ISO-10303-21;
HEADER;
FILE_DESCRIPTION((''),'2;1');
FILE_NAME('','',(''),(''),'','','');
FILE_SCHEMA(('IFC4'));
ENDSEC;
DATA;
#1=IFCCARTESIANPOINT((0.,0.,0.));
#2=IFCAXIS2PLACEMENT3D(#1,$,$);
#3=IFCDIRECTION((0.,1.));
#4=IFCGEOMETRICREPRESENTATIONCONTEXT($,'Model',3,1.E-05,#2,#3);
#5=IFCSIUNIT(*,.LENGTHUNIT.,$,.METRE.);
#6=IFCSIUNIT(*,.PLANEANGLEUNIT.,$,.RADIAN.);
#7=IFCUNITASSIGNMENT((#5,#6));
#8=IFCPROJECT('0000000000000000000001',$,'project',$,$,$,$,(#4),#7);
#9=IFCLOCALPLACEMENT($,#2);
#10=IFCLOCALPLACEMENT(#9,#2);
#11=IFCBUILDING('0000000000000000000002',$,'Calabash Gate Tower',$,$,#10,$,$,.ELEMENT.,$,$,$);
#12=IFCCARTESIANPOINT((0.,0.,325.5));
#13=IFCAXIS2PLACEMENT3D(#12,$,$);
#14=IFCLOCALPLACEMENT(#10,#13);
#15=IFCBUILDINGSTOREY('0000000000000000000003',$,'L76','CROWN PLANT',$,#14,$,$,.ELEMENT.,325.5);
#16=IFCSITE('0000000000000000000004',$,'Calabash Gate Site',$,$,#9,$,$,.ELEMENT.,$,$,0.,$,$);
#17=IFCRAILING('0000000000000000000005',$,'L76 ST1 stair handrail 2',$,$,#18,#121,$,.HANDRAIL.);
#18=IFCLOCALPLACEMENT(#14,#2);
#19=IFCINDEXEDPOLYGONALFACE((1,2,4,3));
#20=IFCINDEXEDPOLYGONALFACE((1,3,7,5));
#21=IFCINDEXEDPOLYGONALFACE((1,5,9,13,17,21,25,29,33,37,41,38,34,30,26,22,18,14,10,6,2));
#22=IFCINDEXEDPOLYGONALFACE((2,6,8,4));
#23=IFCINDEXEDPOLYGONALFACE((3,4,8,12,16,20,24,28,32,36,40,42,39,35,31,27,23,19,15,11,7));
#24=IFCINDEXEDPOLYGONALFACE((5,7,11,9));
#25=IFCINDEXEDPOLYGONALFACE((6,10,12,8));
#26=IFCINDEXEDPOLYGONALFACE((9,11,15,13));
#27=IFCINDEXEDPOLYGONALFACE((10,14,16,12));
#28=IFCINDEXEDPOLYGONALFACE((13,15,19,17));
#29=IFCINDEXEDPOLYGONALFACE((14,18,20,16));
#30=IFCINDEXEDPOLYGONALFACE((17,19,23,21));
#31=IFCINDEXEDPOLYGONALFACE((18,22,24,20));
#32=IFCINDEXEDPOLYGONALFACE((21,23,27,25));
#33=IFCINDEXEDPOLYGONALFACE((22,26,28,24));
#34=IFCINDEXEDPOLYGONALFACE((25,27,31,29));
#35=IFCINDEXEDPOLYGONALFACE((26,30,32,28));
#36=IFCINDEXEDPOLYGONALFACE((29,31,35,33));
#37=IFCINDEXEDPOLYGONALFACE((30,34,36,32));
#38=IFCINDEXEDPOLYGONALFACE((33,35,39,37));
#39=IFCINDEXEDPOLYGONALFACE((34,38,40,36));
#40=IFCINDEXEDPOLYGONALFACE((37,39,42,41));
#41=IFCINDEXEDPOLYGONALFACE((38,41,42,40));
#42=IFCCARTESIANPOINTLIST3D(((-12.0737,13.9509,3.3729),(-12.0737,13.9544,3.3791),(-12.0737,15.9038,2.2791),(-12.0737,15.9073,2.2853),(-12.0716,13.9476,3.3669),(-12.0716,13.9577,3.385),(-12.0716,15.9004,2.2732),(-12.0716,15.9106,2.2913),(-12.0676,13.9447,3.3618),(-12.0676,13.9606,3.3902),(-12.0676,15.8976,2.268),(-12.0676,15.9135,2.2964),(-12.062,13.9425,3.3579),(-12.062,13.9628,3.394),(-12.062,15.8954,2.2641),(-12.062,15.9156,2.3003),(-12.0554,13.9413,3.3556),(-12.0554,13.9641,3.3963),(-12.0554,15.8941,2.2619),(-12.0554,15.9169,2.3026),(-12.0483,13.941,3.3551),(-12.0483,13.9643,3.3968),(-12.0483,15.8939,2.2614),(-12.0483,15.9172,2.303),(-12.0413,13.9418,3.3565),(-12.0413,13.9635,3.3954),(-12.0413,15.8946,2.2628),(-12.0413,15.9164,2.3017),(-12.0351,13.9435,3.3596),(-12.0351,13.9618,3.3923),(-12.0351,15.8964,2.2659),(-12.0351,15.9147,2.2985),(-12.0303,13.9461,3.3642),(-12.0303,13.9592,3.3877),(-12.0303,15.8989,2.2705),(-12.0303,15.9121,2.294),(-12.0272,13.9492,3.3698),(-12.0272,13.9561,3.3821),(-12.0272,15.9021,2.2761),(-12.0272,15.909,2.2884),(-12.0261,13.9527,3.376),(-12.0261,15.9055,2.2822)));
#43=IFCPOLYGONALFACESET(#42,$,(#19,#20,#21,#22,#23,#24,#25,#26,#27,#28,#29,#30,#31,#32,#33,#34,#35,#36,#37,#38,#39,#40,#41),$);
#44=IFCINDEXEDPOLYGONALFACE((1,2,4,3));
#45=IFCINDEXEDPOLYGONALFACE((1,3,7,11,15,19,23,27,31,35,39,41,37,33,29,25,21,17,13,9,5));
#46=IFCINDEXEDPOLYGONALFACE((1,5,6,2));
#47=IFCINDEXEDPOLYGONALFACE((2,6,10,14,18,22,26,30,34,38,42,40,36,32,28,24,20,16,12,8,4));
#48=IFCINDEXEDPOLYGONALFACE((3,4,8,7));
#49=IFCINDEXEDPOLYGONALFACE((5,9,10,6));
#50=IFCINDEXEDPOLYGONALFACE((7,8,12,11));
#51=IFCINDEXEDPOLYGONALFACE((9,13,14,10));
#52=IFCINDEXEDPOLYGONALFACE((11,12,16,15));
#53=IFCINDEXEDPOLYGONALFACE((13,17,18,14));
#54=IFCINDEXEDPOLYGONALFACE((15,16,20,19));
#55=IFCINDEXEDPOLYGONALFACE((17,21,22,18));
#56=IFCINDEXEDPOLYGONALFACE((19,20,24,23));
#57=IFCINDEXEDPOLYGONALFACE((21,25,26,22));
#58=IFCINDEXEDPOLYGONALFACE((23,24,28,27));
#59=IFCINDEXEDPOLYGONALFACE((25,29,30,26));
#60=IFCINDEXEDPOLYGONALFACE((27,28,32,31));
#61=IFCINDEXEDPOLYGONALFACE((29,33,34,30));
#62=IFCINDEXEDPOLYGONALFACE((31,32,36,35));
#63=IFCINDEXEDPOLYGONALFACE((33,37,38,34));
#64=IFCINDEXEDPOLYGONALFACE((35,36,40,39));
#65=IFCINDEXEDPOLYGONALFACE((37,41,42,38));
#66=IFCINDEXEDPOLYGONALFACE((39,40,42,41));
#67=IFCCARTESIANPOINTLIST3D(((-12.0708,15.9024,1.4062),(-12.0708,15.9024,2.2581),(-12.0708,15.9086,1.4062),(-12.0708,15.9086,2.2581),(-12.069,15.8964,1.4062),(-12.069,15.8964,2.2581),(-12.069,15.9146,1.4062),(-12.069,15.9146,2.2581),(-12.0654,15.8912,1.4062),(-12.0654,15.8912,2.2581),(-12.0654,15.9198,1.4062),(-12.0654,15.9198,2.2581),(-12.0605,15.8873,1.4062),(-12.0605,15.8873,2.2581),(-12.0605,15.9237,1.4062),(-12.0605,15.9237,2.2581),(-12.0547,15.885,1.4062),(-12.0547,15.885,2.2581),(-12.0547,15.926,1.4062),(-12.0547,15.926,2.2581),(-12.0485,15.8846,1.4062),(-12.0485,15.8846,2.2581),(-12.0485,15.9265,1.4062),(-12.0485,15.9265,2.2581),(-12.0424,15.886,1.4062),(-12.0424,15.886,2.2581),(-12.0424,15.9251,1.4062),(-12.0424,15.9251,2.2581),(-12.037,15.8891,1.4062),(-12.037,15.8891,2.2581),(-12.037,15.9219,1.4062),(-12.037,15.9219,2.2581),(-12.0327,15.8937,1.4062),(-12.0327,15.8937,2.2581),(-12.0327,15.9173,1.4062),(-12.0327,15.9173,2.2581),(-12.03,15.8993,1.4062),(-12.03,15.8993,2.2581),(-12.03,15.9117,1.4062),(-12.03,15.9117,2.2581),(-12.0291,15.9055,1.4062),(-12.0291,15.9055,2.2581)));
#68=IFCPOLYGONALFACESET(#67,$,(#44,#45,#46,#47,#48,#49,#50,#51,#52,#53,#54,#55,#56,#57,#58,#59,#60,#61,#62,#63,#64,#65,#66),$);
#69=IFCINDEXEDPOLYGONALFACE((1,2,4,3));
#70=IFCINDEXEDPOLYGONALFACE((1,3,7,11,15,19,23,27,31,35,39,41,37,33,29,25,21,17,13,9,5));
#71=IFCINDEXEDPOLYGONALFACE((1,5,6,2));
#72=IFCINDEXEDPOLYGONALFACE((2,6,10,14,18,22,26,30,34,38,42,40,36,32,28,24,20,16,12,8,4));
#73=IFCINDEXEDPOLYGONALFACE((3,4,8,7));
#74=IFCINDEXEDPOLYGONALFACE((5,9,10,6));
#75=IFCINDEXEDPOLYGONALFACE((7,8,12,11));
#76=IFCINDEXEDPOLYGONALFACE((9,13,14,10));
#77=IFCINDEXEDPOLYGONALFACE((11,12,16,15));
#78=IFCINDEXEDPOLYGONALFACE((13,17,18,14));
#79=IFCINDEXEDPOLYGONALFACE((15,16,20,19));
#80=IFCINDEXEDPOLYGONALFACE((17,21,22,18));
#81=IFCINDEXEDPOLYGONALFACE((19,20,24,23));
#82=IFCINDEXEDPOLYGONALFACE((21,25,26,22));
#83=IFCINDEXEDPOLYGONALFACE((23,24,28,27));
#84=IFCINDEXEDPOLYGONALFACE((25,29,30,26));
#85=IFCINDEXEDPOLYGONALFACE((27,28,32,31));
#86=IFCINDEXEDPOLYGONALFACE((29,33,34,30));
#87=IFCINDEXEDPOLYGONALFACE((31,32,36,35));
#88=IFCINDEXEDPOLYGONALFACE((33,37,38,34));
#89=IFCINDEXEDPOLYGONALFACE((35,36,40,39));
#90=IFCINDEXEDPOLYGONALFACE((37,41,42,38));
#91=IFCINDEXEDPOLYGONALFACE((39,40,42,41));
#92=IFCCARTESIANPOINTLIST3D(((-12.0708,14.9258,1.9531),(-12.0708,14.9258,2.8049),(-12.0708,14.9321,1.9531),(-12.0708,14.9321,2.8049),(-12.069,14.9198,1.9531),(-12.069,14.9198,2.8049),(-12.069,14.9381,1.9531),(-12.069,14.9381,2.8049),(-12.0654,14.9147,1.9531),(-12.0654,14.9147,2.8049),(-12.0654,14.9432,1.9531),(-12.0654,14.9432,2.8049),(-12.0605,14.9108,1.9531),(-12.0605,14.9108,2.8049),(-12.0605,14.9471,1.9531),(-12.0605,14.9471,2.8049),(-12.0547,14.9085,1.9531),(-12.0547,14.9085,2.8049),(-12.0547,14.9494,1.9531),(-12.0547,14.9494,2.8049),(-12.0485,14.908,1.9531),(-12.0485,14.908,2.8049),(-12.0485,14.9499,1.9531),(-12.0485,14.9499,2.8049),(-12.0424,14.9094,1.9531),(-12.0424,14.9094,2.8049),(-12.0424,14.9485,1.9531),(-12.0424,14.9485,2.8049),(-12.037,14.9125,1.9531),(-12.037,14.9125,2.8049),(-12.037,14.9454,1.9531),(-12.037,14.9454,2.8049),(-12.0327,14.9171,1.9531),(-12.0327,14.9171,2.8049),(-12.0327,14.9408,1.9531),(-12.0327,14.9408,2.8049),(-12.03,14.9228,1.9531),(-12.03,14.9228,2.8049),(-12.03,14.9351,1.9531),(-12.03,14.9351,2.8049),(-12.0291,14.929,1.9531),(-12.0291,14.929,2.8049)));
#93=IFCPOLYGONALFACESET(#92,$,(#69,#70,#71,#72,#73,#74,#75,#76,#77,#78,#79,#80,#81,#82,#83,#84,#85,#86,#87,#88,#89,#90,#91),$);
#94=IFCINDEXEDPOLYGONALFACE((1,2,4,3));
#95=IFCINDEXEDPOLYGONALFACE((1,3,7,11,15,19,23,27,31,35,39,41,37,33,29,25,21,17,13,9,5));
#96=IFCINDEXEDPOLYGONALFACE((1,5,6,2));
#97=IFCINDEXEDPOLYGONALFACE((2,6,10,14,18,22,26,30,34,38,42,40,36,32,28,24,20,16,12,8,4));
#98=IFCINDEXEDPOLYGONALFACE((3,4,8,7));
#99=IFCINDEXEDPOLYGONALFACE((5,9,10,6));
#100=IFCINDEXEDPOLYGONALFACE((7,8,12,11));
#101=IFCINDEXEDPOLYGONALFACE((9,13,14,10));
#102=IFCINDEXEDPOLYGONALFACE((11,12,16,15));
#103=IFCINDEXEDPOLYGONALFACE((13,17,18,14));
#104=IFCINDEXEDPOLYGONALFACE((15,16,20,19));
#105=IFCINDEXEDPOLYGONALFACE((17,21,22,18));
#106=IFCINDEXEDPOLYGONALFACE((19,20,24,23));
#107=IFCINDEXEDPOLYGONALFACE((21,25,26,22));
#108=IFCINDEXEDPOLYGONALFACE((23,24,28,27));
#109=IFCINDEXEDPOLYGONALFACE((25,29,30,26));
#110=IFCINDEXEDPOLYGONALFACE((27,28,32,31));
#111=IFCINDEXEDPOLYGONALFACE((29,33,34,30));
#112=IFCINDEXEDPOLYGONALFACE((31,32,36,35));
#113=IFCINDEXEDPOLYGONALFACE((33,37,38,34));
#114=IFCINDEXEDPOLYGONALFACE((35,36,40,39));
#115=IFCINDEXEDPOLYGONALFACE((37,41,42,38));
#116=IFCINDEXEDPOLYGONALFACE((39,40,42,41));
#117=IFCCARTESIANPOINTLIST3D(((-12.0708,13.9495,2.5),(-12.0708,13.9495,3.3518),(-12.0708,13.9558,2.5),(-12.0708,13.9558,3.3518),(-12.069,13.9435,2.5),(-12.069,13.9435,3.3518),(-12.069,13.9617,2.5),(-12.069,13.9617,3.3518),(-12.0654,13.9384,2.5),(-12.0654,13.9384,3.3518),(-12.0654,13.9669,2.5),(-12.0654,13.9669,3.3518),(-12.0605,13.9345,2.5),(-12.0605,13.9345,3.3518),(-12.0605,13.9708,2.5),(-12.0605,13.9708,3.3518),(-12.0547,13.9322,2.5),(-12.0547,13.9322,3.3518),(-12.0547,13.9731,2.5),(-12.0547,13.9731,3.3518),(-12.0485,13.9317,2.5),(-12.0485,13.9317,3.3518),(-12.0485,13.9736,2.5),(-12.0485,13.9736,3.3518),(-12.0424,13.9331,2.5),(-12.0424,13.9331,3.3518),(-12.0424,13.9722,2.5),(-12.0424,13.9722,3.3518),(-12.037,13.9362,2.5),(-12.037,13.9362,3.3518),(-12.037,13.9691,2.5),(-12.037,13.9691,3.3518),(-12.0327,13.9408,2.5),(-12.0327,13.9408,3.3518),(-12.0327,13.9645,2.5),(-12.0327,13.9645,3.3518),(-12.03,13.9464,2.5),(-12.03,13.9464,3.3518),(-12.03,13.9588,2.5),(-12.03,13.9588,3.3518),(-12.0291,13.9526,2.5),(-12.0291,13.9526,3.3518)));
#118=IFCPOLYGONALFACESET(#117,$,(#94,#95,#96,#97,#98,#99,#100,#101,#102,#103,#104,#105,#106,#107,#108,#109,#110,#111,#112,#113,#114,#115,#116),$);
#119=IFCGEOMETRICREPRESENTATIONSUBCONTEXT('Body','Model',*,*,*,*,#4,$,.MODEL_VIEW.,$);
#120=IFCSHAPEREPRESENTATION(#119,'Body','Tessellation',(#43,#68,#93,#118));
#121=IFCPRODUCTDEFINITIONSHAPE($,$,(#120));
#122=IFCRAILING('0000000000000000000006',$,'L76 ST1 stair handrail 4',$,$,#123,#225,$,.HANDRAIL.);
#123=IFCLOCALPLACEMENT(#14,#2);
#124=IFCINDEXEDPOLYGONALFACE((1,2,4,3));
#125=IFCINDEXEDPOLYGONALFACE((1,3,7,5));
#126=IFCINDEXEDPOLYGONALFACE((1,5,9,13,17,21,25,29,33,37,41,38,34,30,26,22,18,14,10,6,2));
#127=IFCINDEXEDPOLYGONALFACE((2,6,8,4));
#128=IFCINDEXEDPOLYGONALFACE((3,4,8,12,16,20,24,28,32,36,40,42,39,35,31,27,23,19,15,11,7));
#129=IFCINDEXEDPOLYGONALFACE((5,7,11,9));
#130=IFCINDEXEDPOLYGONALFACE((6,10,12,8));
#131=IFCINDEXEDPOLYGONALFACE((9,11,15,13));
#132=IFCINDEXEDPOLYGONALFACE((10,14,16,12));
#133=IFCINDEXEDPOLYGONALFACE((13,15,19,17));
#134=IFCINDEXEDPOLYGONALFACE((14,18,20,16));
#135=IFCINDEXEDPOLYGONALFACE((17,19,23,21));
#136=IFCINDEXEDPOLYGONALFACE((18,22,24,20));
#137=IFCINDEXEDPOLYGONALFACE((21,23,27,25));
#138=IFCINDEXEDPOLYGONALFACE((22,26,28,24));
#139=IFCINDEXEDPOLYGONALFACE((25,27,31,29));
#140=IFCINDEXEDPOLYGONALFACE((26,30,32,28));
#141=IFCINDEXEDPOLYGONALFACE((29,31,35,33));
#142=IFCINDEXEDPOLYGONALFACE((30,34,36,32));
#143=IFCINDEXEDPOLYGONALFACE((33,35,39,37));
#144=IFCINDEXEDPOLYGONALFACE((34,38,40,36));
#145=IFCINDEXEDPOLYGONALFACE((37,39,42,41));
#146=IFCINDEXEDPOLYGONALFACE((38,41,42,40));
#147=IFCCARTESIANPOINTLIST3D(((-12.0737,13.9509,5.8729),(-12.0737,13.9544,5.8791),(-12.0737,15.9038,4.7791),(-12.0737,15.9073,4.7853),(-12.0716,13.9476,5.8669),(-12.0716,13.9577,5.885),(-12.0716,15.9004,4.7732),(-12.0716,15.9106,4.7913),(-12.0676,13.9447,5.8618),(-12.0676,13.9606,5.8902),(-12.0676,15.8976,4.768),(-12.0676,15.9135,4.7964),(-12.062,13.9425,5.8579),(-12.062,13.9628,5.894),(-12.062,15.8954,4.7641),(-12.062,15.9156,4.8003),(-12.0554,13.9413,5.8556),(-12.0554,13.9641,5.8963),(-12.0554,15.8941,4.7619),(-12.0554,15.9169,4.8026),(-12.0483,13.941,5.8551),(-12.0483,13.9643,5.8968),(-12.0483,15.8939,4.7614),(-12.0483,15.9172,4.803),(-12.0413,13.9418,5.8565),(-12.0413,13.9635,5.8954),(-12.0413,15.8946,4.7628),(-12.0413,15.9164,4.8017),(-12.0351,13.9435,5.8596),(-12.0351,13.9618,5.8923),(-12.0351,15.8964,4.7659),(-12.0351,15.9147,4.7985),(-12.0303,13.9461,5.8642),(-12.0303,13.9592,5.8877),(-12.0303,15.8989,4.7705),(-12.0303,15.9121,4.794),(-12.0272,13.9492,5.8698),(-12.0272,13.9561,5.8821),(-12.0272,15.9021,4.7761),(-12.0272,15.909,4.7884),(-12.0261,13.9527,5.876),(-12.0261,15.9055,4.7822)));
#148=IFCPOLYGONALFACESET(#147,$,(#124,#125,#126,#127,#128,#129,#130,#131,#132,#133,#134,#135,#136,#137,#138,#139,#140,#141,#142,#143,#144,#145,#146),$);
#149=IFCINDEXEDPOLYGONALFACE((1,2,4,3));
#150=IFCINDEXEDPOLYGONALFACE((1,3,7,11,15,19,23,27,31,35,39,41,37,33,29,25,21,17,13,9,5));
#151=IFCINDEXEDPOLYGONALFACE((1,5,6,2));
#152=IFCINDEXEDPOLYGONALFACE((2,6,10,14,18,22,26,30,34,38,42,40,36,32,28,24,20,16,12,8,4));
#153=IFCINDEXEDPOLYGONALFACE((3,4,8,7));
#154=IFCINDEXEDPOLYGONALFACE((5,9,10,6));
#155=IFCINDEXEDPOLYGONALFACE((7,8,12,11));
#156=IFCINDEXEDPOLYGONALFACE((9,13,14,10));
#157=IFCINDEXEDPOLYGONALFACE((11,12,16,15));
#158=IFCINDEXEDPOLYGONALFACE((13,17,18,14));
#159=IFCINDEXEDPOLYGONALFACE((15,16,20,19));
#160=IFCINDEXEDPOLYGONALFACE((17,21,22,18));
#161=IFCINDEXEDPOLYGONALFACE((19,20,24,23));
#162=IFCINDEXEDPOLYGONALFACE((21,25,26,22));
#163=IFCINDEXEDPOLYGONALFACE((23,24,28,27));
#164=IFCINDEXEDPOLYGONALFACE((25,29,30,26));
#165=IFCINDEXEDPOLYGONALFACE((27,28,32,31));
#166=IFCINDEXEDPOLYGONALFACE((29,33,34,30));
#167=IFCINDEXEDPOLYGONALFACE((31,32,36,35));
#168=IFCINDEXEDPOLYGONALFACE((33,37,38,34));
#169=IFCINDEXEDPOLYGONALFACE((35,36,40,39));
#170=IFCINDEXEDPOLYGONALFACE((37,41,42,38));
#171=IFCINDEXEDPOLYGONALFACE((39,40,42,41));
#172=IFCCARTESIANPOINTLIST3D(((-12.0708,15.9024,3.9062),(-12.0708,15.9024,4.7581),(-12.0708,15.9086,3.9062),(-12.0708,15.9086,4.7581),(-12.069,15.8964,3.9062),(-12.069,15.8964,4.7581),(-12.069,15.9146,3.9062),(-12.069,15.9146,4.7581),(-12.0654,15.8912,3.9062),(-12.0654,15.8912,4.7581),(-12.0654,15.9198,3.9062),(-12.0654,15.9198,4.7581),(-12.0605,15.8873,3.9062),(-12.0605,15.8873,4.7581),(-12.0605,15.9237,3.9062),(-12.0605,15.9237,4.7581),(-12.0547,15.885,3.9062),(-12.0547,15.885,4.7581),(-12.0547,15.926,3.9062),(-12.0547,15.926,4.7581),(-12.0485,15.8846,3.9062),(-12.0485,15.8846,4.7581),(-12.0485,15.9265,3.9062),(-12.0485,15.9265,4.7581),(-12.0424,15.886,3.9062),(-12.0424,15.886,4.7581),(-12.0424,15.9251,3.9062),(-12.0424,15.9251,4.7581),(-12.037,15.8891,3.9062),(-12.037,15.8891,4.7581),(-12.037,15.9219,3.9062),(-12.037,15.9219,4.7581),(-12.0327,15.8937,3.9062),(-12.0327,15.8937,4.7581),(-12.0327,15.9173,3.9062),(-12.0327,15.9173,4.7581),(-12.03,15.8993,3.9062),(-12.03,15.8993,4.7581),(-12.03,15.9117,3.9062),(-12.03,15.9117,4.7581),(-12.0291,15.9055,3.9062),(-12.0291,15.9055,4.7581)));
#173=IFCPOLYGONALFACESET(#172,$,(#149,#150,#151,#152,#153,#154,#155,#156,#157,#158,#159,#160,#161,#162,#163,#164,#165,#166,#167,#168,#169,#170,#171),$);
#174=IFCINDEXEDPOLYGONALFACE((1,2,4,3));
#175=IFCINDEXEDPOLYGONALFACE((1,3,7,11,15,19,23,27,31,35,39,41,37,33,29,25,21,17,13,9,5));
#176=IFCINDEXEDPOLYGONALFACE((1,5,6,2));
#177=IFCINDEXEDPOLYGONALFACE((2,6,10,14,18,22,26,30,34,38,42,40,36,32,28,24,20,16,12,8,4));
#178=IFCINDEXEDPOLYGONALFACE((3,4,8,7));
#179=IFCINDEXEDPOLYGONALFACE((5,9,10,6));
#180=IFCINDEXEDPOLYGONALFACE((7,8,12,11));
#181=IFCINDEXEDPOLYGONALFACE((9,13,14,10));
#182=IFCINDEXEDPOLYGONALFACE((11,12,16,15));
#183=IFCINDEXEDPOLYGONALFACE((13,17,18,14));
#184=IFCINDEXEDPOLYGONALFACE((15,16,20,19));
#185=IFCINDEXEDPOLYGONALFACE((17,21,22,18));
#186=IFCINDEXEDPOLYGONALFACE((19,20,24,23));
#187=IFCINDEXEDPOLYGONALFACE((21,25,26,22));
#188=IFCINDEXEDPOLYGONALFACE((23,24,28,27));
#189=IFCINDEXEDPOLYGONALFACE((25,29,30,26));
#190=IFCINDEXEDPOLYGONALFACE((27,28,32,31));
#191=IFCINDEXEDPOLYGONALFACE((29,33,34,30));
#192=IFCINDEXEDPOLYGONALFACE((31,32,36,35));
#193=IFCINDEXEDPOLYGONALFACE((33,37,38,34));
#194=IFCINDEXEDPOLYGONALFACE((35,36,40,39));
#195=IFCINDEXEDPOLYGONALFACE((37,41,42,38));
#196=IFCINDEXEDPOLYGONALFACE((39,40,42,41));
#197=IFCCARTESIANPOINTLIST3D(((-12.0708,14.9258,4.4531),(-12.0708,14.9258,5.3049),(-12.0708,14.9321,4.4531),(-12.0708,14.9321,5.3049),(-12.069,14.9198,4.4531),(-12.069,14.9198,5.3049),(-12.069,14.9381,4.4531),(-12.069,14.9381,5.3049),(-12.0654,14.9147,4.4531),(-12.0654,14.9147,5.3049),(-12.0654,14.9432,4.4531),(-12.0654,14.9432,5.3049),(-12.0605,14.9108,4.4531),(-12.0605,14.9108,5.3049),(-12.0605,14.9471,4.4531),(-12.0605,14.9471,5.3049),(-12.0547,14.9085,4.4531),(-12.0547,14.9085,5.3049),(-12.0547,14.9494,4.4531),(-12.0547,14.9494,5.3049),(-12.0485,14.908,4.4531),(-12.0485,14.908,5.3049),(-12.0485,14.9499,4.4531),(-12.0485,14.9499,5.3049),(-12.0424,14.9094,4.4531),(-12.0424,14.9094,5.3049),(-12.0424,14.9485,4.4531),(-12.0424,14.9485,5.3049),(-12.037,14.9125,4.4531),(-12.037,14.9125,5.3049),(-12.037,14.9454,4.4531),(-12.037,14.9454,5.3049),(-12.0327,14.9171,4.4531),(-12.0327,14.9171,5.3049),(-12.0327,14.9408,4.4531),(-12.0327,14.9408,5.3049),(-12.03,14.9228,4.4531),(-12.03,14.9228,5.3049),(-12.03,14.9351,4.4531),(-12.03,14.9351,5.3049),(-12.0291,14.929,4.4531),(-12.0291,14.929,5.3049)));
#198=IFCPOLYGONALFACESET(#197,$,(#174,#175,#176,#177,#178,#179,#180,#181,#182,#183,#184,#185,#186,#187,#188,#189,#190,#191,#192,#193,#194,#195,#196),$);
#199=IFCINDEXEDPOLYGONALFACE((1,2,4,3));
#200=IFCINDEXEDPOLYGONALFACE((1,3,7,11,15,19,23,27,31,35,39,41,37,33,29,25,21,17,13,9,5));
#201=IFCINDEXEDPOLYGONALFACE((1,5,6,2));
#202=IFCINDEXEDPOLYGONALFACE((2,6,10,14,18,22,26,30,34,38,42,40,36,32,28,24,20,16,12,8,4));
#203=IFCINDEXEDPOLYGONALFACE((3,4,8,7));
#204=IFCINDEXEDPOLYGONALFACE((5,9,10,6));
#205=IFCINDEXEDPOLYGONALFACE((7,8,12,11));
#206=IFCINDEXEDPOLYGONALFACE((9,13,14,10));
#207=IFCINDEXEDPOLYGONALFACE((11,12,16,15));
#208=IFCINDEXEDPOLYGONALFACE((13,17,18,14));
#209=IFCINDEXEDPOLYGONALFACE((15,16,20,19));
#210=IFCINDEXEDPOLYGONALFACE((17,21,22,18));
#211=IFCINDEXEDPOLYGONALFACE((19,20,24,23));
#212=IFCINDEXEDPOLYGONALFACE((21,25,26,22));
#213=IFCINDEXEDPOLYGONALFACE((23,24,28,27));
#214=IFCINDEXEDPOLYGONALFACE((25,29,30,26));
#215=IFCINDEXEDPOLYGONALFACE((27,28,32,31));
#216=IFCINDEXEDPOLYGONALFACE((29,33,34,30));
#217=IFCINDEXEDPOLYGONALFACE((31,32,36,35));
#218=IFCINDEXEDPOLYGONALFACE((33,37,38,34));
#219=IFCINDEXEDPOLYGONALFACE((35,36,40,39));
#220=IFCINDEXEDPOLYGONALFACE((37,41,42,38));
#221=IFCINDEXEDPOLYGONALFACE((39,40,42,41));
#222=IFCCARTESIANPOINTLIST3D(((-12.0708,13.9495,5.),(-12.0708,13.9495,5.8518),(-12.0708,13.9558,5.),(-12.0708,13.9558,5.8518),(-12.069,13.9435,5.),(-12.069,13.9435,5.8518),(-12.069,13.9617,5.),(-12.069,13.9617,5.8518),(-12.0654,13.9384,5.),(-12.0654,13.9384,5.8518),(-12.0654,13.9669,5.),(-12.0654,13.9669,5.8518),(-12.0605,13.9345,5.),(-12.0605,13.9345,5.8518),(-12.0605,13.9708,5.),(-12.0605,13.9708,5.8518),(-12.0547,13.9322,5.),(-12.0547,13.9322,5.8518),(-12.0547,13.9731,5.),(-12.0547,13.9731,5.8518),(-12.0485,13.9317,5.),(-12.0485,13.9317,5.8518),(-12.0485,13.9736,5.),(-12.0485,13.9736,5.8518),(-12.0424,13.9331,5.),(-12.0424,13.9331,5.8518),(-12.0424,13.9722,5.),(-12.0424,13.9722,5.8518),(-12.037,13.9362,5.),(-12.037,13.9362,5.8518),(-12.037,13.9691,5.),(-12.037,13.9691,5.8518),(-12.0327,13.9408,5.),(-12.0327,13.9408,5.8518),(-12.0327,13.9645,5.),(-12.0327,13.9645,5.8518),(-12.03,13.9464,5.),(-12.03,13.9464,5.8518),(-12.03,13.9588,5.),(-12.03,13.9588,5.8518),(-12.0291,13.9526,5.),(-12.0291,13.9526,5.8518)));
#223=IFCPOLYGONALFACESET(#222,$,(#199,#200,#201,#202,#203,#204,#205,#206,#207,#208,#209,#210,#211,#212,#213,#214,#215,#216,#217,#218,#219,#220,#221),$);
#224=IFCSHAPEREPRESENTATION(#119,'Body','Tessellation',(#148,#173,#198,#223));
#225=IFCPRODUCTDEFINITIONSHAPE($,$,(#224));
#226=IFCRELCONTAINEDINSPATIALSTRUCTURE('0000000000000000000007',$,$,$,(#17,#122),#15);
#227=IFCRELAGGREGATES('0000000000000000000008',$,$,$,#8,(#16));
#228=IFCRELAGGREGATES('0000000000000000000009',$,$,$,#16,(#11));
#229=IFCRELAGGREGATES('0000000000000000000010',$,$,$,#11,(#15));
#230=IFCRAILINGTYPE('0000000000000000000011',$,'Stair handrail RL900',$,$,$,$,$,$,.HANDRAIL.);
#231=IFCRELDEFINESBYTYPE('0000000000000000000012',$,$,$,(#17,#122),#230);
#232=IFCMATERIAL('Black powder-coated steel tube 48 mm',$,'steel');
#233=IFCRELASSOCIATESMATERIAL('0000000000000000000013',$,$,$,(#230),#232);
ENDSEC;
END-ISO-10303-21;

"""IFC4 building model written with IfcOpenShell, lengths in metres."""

from ifc_helpers import new_model, si_unit, direction, frame, origin, origin_2d, place, context, subcontext, project, spatial, circle, extrude, material, type_object, element, save


model = new_model("IFC4")

# Units and contexts
model_context = context("Model", 3, precision=1e-05, world=origin(), true_north=direction((0.0, 1.0)))
body_context = subcontext(model_context, "Body", "Model", "MODEL_VIEW")
ifc_project = project(units=[si_unit("LENGTHUNIT", "METRE"), si_unit("PLANEANGLEUNIT", "RADIAN")], contexts=[model_context])

# Site, building, storey
site_placement = place(None, origin())
site = spatial("IfcSite", under=ifc_project, at=site_placement, Name="Calabash Gate Site", CompositionType="ELEMENT", RefElevation=0.0)
building_placement = place(site_placement, origin())
building = spatial("IfcBuilding", under=site, at=building_placement, Name="Calabash Gate Tower", CompositionType="ELEMENT")
storey_placement = place(building_placement, frame((0.0, 0.0, 325.5)))
storey = spatial("IfcBuildingStorey", under=building, at=storey_placement, Name="L76", Description="CROWN PLANT", CompositionType="ELEMENT", Elevation=325.5)

# Railings
ifc_material_1 = material(Name="Black powder-coated steel tube 48 mm", Category="steel")
railing_type = type_object("IfcRailingType", Name="Stair handrail RL900", PredefinedType="HANDRAIL", material=ifc_material_1)
for number, where, name in (
    (1, (-12.05, 15.9055, 1.4062), "L76 ST1 stair handrail 2"),
    (2, (-12.05, 15.9055, 3.9062), "L76 ST1 stair handrail 4"),
):
    element("IfcRailing", number, at=place(storey_placement, frame(where)), inside=storey, type_object=railing_type, Name=name, PredefinedType="HANDRAIL", context=body_context, shape_type="SweptSolid", body=[
        extrude(circle(Radius=0.0239, at=origin_2d()), frame((0.0, 0.0, 0.876), z_axis=(0.0, -0.87248, 0.48865), x_axis=(1.0, 0.0, 0.0)), (0.0, 0.0, 1.0), 2.2383),
        extrude(circle(Radius=0.021, at=origin_2d()), origin(), (0.0, 0.0, 1.0), 0.8518),
        extrude(circle(Radius=0.021, at=origin_2d()), frame((0.0, -0.9766, 0.5469)), (0.0, 0.0, 1.0), 0.8518),
        extrude(circle(Radius=0.021, at=origin_2d()), frame((0.0, -1.9529, 1.0938)), (0.0, 0.0, 1.0), 0.8518),
    ])

save(model, "model.ifc")
